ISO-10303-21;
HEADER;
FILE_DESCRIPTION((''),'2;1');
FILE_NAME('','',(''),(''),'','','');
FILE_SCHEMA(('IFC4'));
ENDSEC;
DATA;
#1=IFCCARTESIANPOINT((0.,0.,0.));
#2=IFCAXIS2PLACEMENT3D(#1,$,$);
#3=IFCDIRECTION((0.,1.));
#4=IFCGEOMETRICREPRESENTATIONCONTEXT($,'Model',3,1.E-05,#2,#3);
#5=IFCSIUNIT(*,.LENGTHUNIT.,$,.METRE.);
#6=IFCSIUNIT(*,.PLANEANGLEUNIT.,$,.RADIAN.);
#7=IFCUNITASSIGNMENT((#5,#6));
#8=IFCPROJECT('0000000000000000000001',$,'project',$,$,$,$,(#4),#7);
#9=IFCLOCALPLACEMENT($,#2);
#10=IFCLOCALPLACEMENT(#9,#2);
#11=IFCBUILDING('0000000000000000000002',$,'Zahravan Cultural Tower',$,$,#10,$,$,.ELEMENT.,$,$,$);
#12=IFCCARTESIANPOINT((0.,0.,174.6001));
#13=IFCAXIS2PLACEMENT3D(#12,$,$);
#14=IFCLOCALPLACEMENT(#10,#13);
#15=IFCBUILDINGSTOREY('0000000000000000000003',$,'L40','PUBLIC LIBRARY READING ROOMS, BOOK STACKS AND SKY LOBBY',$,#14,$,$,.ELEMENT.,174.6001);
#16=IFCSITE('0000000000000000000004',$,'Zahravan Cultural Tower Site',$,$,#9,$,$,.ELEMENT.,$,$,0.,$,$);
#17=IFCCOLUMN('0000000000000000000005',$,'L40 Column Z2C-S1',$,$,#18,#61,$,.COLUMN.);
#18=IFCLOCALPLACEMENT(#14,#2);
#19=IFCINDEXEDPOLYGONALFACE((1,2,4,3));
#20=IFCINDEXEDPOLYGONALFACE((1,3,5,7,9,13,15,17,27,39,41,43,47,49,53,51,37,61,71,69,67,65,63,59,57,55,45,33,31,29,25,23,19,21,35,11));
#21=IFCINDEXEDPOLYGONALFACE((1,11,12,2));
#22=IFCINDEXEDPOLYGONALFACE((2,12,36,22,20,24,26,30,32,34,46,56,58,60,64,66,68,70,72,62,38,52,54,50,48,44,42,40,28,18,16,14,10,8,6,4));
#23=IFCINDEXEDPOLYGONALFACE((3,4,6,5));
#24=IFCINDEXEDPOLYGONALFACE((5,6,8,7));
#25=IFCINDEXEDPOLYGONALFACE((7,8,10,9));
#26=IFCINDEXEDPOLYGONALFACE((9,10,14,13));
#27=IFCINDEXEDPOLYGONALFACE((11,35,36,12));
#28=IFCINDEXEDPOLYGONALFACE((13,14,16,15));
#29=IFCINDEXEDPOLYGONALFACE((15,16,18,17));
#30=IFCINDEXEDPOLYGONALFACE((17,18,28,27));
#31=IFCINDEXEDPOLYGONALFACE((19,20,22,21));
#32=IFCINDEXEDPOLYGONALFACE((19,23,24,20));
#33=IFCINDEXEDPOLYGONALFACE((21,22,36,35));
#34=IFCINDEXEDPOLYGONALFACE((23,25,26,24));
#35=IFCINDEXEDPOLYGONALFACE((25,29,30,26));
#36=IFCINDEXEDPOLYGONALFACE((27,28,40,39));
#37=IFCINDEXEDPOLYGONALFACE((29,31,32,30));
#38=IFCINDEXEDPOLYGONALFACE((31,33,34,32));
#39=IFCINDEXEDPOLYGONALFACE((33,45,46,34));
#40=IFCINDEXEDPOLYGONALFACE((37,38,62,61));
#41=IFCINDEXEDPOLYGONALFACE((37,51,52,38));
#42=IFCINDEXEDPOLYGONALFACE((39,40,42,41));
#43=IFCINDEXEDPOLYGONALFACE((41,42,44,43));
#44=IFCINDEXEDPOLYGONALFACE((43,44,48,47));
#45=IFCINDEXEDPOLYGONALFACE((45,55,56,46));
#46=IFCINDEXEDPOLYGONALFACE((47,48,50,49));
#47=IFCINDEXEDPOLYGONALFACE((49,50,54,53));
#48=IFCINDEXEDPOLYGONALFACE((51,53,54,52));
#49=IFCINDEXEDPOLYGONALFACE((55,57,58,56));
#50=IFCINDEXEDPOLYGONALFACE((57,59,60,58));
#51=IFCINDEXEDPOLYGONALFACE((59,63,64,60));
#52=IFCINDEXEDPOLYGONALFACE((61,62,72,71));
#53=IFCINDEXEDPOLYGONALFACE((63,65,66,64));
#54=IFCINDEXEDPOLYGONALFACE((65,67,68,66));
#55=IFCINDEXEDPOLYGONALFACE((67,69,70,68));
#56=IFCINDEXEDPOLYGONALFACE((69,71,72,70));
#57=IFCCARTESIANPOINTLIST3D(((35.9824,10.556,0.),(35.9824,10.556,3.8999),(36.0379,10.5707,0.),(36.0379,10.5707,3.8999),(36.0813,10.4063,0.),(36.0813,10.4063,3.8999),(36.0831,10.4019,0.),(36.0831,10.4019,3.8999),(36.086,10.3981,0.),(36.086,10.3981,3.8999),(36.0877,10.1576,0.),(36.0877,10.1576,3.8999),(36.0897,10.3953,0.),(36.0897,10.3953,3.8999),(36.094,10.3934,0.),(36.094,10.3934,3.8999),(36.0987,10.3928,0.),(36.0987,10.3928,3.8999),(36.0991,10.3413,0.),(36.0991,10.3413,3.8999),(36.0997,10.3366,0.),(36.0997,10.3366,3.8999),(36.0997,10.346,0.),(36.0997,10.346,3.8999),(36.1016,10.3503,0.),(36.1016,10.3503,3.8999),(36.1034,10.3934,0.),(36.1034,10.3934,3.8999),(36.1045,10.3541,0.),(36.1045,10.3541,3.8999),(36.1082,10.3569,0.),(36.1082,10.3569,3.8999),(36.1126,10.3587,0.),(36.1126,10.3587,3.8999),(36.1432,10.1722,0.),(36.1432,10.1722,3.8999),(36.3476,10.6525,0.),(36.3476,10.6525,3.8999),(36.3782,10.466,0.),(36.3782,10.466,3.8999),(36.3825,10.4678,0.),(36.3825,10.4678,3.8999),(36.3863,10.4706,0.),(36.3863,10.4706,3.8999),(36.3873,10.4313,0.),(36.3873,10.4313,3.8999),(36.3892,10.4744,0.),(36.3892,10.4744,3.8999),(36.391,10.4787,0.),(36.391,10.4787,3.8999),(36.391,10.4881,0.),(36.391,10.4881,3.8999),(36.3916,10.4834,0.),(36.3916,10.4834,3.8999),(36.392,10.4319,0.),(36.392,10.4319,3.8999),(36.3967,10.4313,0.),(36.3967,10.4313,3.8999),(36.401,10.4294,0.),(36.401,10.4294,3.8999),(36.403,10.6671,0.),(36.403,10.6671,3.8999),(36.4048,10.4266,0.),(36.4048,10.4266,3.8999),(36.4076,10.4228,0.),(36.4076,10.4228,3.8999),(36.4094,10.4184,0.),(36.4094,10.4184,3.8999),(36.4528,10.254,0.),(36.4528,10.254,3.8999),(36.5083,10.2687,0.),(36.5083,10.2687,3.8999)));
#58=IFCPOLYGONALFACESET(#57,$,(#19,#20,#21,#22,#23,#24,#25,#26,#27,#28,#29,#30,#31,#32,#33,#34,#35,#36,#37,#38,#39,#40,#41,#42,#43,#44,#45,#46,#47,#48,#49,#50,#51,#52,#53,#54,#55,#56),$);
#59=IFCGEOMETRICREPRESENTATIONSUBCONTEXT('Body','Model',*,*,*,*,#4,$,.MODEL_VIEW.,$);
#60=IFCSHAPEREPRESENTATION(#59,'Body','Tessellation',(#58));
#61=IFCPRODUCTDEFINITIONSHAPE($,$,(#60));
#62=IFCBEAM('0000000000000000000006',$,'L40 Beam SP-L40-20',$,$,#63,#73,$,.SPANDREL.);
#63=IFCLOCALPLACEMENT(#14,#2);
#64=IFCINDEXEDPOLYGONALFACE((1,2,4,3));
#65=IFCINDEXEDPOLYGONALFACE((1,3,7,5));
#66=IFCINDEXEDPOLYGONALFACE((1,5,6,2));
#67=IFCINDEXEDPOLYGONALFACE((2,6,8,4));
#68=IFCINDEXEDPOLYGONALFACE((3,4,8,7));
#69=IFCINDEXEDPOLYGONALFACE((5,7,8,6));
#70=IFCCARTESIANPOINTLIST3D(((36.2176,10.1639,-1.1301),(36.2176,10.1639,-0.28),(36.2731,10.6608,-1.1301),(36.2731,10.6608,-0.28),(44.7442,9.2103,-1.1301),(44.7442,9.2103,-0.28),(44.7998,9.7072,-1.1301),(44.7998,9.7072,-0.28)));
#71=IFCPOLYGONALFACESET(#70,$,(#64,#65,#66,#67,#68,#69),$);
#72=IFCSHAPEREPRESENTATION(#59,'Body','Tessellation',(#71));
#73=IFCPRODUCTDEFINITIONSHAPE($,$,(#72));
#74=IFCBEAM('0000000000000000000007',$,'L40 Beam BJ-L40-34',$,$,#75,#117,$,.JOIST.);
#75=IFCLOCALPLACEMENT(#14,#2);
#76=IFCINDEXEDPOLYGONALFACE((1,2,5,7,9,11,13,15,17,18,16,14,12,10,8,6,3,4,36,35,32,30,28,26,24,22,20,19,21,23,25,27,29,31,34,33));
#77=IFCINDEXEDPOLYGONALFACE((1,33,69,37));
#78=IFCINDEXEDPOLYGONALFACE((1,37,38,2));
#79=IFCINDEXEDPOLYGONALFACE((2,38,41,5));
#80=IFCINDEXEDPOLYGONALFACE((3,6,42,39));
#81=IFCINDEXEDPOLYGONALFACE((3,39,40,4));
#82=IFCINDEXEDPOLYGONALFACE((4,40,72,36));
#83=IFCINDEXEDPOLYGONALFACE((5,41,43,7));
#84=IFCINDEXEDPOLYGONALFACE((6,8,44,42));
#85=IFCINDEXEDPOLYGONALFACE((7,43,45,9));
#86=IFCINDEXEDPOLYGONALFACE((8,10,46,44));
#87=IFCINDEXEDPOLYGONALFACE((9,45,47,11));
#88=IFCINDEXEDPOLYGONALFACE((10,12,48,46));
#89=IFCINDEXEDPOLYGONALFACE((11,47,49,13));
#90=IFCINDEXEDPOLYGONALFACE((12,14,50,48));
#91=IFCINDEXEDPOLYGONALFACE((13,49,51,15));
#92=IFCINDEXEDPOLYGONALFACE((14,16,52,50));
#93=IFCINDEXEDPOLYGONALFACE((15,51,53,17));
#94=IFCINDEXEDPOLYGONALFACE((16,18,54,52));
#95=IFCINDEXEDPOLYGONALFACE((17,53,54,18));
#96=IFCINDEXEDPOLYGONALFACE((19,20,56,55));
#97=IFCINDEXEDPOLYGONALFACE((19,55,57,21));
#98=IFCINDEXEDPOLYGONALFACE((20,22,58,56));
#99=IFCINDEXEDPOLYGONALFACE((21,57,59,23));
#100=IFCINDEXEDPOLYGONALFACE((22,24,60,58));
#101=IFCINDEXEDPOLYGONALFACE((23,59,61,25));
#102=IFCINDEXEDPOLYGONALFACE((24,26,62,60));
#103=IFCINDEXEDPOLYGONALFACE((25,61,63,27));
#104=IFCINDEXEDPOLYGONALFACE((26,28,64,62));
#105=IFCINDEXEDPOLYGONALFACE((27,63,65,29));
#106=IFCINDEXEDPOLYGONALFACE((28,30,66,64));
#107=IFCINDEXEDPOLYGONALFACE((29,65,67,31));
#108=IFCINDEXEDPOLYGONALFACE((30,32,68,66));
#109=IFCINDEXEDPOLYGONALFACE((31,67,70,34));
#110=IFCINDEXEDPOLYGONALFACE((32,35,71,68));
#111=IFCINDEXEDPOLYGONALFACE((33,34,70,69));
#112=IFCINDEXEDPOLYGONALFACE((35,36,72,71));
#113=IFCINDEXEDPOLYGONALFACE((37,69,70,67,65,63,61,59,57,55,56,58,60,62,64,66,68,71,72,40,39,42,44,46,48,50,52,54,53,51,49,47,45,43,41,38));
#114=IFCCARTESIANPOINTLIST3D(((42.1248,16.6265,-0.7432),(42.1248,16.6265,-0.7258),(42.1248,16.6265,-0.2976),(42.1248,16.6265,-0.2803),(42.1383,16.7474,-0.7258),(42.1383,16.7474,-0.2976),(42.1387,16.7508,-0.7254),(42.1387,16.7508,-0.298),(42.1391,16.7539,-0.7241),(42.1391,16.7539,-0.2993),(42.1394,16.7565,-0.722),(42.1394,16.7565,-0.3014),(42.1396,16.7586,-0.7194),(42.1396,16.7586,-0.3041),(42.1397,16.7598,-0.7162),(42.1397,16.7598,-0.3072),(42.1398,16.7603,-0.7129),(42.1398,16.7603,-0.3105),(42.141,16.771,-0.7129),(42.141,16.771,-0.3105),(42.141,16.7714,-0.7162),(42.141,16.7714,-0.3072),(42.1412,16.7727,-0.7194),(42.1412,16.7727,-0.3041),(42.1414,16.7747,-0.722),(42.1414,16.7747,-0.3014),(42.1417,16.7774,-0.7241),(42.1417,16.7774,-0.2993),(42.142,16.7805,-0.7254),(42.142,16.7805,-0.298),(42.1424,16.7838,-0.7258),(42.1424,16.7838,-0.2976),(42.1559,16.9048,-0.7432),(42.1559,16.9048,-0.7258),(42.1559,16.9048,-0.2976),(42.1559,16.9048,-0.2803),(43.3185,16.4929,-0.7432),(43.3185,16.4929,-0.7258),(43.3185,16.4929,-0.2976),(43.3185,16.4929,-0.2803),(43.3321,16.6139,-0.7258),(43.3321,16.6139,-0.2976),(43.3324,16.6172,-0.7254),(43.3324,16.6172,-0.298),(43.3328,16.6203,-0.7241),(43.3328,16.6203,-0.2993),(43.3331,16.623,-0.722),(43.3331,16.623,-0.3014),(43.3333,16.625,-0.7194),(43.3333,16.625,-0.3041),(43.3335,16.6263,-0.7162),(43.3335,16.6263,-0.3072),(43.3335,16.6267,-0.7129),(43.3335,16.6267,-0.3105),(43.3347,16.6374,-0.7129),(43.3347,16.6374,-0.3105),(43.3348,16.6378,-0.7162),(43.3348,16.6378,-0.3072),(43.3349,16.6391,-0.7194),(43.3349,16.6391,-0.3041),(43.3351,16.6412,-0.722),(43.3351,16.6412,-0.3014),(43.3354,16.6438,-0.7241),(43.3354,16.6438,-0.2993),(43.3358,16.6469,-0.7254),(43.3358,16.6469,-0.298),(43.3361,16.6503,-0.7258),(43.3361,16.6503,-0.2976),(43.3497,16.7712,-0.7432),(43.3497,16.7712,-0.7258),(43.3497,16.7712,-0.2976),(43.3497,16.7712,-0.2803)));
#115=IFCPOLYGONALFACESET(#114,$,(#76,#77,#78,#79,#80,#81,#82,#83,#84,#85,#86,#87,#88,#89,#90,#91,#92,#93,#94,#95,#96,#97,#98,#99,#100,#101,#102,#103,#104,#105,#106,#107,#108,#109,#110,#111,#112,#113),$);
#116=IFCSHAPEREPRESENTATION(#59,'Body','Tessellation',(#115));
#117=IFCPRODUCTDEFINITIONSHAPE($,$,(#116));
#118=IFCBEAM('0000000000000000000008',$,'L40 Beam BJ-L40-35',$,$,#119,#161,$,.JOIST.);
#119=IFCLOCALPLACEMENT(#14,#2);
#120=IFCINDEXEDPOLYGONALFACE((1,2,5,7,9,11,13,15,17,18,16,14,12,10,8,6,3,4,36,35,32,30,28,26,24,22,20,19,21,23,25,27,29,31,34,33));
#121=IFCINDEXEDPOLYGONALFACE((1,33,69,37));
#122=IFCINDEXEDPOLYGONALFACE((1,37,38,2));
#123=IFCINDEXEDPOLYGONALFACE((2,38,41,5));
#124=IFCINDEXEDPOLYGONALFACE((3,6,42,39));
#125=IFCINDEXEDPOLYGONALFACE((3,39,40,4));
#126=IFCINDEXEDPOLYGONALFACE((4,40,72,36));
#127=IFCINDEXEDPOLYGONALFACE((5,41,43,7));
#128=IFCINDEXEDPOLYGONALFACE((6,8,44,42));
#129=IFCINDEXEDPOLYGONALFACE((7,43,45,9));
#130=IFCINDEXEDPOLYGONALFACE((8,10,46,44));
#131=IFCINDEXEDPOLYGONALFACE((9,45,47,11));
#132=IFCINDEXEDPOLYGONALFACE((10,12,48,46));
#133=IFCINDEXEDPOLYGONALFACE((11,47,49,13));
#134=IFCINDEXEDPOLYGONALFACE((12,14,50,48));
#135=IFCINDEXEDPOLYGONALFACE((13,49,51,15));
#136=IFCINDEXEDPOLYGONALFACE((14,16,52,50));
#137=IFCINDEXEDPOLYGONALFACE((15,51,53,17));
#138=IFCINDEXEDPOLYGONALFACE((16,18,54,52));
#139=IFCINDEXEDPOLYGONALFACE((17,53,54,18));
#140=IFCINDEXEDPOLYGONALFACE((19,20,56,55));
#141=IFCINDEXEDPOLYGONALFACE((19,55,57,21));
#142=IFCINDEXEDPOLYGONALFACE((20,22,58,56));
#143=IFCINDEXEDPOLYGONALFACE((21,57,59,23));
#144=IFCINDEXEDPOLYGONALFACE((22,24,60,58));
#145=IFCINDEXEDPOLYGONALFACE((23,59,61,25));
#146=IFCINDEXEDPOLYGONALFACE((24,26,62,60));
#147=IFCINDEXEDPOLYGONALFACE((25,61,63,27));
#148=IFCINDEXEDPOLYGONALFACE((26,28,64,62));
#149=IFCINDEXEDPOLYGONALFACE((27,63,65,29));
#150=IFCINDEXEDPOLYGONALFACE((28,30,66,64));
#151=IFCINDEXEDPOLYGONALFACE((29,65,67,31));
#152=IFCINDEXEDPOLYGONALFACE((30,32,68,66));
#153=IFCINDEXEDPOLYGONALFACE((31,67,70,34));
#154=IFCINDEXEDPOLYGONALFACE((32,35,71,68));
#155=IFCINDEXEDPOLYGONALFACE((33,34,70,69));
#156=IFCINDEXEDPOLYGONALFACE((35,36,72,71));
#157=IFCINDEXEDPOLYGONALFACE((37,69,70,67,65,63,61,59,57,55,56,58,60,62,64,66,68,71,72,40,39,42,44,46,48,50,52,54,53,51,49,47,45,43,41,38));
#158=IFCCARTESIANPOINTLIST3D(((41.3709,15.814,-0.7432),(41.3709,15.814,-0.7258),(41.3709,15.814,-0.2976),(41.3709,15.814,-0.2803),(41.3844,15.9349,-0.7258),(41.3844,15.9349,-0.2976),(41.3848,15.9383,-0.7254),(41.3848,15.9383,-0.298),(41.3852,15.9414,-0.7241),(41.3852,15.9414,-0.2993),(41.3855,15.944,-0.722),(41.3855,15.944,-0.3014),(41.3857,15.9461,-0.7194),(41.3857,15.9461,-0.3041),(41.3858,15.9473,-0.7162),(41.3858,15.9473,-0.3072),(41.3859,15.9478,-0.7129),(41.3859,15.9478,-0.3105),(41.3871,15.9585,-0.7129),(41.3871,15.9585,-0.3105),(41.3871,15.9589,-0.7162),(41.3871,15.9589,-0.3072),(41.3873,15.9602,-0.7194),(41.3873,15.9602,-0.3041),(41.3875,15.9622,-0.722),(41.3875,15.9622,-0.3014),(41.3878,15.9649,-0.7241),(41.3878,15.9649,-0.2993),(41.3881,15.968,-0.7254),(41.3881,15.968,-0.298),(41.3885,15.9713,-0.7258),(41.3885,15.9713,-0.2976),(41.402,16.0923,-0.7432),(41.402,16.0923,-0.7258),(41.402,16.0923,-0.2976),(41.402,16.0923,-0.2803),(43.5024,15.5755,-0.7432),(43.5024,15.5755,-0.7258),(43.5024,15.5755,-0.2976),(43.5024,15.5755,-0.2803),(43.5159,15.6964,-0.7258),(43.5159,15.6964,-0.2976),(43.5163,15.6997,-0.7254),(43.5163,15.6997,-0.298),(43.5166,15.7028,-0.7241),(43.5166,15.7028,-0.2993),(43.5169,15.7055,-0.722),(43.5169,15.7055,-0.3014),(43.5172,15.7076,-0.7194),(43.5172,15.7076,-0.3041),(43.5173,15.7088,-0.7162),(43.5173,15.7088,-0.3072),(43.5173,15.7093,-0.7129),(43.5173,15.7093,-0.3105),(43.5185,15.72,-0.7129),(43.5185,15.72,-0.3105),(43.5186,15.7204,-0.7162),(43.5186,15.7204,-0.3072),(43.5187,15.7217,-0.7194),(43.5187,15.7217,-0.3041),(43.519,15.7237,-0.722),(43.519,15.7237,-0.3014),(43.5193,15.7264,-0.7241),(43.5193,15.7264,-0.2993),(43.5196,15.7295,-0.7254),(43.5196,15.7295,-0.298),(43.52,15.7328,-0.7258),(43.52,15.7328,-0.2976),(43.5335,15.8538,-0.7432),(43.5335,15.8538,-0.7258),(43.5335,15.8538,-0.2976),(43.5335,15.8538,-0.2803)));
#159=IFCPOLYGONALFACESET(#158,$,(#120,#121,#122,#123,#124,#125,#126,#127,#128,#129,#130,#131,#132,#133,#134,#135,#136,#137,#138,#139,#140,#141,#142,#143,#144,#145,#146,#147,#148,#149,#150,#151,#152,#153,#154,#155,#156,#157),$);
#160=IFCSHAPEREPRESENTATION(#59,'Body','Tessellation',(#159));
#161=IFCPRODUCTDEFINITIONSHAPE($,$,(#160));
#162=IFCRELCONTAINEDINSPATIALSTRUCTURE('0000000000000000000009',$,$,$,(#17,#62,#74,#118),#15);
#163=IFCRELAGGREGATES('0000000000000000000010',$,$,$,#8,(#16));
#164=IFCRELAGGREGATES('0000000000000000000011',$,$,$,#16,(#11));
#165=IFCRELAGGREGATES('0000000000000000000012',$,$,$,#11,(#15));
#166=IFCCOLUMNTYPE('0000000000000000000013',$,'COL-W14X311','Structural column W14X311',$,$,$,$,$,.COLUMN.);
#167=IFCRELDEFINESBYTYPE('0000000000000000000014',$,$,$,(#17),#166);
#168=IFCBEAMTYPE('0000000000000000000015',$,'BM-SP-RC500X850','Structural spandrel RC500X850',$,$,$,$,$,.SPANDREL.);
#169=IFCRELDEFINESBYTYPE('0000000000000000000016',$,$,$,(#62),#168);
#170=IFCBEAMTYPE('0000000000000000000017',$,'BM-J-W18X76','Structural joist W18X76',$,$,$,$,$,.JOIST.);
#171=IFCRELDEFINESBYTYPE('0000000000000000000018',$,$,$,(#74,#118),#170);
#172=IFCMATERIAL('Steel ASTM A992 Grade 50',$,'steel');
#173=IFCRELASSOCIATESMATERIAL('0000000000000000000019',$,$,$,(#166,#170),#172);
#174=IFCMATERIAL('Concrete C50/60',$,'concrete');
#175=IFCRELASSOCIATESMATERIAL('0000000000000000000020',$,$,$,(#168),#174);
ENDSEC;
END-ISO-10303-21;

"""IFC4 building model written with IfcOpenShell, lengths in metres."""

from ifc_helpers import new_model, si_unit, direction, frame, origin, origin_2d, place, context, subcontext, project, spatial, rectangle, i_section, extrude, source, transform, mapped, material, material_profile, profile_set, type_object, element, save


model = new_model("IFC4")

# Units and contexts
model_context = context("Model", 3, precision=1e-05, world=origin(), true_north=direction((0.0, 1.0)))
body_context = subcontext(model_context, "Body", "Model", "MODEL_VIEW")
ifc_project = project(units=[si_unit("LENGTHUNIT", "METRE"), si_unit("PLANEANGLEUNIT", "RADIAN")], contexts=[model_context])

# Site, building, storey
site_placement = place(None, origin())
site = spatial("IfcSite", under=ifc_project, at=site_placement, Name="Zahravan Cultural Tower Site", CompositionType="ELEMENT", RefElevation=0.0)
building_placement = place(site_placement, origin())
building = spatial("IfcBuilding", under=site, at=building_placement, Name="Zahravan Cultural Tower", CompositionType="ELEMENT")
storey_placement = place(building_placement, frame((0.0, 0.0, 174.6001)))
storey = spatial("IfcBuildingStorey", under=building, at=storey_placement, Name="L40", Description="PUBLIC LIBRARY READING ROOMS, BOOK STACKS AND SKY LOBBY", CompositionType="ELEMENT", Elevation=174.6001)

# Column
ifc_material_1 = material(Name="Steel ASTM A992 Grade 50", Category="steel")
ifc_material_profile_1 = material_profile(ifc_material_1, i_section(OverallWidth=0.4121, OverallDepth=0.4351, WebThickness=0.0359, FlangeThickness=0.0574, FilletRadius=0.0181, at=origin_2d()), Name="W14X311")
ifc_profile_set_1 = profile_set([ifc_material_profile_1], Name="Steel ASTM A992 Grade 50")
column_type = type_object("IfcColumnType", Name="COL-W14X311", Description="Structural column W14X311", PredefinedType="COLUMN", material=ifc_profile_set_1)
shared_shape_1 = source(origin(), body_context, "Body", "SweptSolid", [
    extrude(i_section(OverallWidth=0.4121, OverallDepth=0.4351, WebThickness=0.0359, FlangeThickness=0.0574, FilletRadius=0.0181, at=origin_2d()), origin(), (0.0, 0.0, 1.0), 3.8999),
])
column_placement = place(storey_placement, frame((36.2454, 10.4124, 0.0), z_axis=(0.0, 0.0, 1.0), x_axis=(-0.255446, 0.966823, 0.0)))
element("IfcColumn", 1, at=column_placement, inside=storey, type_object=column_type, Name="L40 Column Z2C-S1", PredefinedType="COLUMN", context=body_context, shape_type="MappedRepresentation", body=[
    mapped(shared_shape_1, transform((0.0, 0.0, 0.0), x_axis=(1.0, 0.0, 0.0), y_axis=(0.0, 1.0, 0.0), z_axis=(0.0, 0.0, 1.0), scale=1.0)),
])

# Beams
ifc_material_2 = material(Name="Concrete C50/60", Category="concrete")
ifc_material_profile_2 = material_profile(ifc_material_2, rectangle(XDim=0.5, YDim=0.8501, at=origin_2d()), Name="RC500X850")
ifc_profile_set_2 = profile_set([ifc_material_profile_2], Name="Concrete C50/60")
beam_type_1 = type_object("IfcBeamType", Name="BM-SP-RC500X850", Description="Structural spandrel RC500X850", PredefinedType="SPANDREL", material=ifc_profile_set_2)
shared_shape_2 = source(origin(), body_context, "Body", "SweptSolid", [
    extrude(rectangle(XDim=0.5, YDim=0.8501, at=origin_2d()), origin(), (0.0, 0.0, 1.0), 8.5798),
])
beam_1_placement = place(storey_placement, frame((36.2454, 10.4124, -0.7051), z_axis=(0.993804, -0.111147, 0.0), x_axis=(0.111147, 0.993804, 0.0)))
element("IfcBeam", 2, at=beam_1_placement, inside=storey, type_object=beam_type_1, Name="L40 Beam SP-L40-20", PredefinedType="SPANDREL", context=body_context, shape_type="MappedRepresentation", body=[
    mapped(shared_shape_2, transform((0.0, 0.0, 0.0), x_axis=(1.0, 0.0, 0.0), y_axis=(0.0, 1.0, 0.0), z_axis=(0.0, 0.0, 1.0), scale=1.0)),
])
ifc_material_profile_3 = material_profile(ifc_material_1, i_section(OverallWidth=0.28, OverallDepth=0.4629, WebThickness=0.0107, FlangeThickness=0.0173, FilletRadius=0.0129, at=origin_2d()), Name="W18X76")
ifc_profile_set_3 = profile_set([ifc_material_profile_3], Name="Steel ASTM A992 Grade 50")
beam_type_2 = type_object("IfcBeamType", Name="BM-J-W18X76", Description="Structural joist W18X76", PredefinedType="JOIST", material=ifc_profile_set_3)
shared_shape_3 = source(origin(), body_context, "Body", "SweptSolid", [
    extrude(i_section(OverallWidth=0.28, OverallDepth=0.4629, WebThickness=0.0107, FlangeThickness=0.0173, FilletRadius=0.0129, at=origin_2d()), origin(), (0.0, 0.0, 1.0), 1.2012),
])
beam_2_placement = place(storey_placement, frame((42.1404, 16.7656, -0.5117), z_axis=(0.993799, -0.11119, 0.0), x_axis=(0.11119, 0.993799, 0.0)))
element("IfcBeam", 3, at=beam_2_placement, inside=storey, type_object=beam_type_2, Name="L40 Beam BJ-L40-34", PredefinedType="JOIST", context=body_context, shape_type="MappedRepresentation", body=[
    mapped(shared_shape_3, transform((0.0, 0.0, 0.0), x_axis=(1.0, 0.0, 0.0), y_axis=(0.0, 1.0, 0.0), z_axis=(0.0, 0.0, 1.0), scale=1.0)),
])
shared_shape_4 = source(origin(), body_context, "Body", "SweptSolid", [
    extrude(i_section(OverallWidth=0.28, OverallDepth=0.4629, WebThickness=0.0107, FlangeThickness=0.0173, FilletRadius=0.0129, at=origin_2d()), origin(), (0.0, 0.0, 1.0), 2.1448),
])
beam_3_placement = place(storey_placement, frame((41.3865, 15.9531, -0.5117), z_axis=(0.993797, -0.111206, 0.0), x_axis=(0.111206, 0.993797, 0.0)))
element("IfcBeam", 4, at=beam_3_placement, inside=storey, type_object=beam_type_2, Name="L40 Beam BJ-L40-35", PredefinedType="JOIST", context=body_context, shape_type="MappedRepresentation", body=[
    mapped(shared_shape_4, transform((0.0, 0.0, 0.0), x_axis=(1.0, 0.0, 0.0), y_axis=(0.0, 1.0, 0.0), z_axis=(0.0, 0.0, 1.0), scale=1.0)),
])

save(model, "model.ifc")
